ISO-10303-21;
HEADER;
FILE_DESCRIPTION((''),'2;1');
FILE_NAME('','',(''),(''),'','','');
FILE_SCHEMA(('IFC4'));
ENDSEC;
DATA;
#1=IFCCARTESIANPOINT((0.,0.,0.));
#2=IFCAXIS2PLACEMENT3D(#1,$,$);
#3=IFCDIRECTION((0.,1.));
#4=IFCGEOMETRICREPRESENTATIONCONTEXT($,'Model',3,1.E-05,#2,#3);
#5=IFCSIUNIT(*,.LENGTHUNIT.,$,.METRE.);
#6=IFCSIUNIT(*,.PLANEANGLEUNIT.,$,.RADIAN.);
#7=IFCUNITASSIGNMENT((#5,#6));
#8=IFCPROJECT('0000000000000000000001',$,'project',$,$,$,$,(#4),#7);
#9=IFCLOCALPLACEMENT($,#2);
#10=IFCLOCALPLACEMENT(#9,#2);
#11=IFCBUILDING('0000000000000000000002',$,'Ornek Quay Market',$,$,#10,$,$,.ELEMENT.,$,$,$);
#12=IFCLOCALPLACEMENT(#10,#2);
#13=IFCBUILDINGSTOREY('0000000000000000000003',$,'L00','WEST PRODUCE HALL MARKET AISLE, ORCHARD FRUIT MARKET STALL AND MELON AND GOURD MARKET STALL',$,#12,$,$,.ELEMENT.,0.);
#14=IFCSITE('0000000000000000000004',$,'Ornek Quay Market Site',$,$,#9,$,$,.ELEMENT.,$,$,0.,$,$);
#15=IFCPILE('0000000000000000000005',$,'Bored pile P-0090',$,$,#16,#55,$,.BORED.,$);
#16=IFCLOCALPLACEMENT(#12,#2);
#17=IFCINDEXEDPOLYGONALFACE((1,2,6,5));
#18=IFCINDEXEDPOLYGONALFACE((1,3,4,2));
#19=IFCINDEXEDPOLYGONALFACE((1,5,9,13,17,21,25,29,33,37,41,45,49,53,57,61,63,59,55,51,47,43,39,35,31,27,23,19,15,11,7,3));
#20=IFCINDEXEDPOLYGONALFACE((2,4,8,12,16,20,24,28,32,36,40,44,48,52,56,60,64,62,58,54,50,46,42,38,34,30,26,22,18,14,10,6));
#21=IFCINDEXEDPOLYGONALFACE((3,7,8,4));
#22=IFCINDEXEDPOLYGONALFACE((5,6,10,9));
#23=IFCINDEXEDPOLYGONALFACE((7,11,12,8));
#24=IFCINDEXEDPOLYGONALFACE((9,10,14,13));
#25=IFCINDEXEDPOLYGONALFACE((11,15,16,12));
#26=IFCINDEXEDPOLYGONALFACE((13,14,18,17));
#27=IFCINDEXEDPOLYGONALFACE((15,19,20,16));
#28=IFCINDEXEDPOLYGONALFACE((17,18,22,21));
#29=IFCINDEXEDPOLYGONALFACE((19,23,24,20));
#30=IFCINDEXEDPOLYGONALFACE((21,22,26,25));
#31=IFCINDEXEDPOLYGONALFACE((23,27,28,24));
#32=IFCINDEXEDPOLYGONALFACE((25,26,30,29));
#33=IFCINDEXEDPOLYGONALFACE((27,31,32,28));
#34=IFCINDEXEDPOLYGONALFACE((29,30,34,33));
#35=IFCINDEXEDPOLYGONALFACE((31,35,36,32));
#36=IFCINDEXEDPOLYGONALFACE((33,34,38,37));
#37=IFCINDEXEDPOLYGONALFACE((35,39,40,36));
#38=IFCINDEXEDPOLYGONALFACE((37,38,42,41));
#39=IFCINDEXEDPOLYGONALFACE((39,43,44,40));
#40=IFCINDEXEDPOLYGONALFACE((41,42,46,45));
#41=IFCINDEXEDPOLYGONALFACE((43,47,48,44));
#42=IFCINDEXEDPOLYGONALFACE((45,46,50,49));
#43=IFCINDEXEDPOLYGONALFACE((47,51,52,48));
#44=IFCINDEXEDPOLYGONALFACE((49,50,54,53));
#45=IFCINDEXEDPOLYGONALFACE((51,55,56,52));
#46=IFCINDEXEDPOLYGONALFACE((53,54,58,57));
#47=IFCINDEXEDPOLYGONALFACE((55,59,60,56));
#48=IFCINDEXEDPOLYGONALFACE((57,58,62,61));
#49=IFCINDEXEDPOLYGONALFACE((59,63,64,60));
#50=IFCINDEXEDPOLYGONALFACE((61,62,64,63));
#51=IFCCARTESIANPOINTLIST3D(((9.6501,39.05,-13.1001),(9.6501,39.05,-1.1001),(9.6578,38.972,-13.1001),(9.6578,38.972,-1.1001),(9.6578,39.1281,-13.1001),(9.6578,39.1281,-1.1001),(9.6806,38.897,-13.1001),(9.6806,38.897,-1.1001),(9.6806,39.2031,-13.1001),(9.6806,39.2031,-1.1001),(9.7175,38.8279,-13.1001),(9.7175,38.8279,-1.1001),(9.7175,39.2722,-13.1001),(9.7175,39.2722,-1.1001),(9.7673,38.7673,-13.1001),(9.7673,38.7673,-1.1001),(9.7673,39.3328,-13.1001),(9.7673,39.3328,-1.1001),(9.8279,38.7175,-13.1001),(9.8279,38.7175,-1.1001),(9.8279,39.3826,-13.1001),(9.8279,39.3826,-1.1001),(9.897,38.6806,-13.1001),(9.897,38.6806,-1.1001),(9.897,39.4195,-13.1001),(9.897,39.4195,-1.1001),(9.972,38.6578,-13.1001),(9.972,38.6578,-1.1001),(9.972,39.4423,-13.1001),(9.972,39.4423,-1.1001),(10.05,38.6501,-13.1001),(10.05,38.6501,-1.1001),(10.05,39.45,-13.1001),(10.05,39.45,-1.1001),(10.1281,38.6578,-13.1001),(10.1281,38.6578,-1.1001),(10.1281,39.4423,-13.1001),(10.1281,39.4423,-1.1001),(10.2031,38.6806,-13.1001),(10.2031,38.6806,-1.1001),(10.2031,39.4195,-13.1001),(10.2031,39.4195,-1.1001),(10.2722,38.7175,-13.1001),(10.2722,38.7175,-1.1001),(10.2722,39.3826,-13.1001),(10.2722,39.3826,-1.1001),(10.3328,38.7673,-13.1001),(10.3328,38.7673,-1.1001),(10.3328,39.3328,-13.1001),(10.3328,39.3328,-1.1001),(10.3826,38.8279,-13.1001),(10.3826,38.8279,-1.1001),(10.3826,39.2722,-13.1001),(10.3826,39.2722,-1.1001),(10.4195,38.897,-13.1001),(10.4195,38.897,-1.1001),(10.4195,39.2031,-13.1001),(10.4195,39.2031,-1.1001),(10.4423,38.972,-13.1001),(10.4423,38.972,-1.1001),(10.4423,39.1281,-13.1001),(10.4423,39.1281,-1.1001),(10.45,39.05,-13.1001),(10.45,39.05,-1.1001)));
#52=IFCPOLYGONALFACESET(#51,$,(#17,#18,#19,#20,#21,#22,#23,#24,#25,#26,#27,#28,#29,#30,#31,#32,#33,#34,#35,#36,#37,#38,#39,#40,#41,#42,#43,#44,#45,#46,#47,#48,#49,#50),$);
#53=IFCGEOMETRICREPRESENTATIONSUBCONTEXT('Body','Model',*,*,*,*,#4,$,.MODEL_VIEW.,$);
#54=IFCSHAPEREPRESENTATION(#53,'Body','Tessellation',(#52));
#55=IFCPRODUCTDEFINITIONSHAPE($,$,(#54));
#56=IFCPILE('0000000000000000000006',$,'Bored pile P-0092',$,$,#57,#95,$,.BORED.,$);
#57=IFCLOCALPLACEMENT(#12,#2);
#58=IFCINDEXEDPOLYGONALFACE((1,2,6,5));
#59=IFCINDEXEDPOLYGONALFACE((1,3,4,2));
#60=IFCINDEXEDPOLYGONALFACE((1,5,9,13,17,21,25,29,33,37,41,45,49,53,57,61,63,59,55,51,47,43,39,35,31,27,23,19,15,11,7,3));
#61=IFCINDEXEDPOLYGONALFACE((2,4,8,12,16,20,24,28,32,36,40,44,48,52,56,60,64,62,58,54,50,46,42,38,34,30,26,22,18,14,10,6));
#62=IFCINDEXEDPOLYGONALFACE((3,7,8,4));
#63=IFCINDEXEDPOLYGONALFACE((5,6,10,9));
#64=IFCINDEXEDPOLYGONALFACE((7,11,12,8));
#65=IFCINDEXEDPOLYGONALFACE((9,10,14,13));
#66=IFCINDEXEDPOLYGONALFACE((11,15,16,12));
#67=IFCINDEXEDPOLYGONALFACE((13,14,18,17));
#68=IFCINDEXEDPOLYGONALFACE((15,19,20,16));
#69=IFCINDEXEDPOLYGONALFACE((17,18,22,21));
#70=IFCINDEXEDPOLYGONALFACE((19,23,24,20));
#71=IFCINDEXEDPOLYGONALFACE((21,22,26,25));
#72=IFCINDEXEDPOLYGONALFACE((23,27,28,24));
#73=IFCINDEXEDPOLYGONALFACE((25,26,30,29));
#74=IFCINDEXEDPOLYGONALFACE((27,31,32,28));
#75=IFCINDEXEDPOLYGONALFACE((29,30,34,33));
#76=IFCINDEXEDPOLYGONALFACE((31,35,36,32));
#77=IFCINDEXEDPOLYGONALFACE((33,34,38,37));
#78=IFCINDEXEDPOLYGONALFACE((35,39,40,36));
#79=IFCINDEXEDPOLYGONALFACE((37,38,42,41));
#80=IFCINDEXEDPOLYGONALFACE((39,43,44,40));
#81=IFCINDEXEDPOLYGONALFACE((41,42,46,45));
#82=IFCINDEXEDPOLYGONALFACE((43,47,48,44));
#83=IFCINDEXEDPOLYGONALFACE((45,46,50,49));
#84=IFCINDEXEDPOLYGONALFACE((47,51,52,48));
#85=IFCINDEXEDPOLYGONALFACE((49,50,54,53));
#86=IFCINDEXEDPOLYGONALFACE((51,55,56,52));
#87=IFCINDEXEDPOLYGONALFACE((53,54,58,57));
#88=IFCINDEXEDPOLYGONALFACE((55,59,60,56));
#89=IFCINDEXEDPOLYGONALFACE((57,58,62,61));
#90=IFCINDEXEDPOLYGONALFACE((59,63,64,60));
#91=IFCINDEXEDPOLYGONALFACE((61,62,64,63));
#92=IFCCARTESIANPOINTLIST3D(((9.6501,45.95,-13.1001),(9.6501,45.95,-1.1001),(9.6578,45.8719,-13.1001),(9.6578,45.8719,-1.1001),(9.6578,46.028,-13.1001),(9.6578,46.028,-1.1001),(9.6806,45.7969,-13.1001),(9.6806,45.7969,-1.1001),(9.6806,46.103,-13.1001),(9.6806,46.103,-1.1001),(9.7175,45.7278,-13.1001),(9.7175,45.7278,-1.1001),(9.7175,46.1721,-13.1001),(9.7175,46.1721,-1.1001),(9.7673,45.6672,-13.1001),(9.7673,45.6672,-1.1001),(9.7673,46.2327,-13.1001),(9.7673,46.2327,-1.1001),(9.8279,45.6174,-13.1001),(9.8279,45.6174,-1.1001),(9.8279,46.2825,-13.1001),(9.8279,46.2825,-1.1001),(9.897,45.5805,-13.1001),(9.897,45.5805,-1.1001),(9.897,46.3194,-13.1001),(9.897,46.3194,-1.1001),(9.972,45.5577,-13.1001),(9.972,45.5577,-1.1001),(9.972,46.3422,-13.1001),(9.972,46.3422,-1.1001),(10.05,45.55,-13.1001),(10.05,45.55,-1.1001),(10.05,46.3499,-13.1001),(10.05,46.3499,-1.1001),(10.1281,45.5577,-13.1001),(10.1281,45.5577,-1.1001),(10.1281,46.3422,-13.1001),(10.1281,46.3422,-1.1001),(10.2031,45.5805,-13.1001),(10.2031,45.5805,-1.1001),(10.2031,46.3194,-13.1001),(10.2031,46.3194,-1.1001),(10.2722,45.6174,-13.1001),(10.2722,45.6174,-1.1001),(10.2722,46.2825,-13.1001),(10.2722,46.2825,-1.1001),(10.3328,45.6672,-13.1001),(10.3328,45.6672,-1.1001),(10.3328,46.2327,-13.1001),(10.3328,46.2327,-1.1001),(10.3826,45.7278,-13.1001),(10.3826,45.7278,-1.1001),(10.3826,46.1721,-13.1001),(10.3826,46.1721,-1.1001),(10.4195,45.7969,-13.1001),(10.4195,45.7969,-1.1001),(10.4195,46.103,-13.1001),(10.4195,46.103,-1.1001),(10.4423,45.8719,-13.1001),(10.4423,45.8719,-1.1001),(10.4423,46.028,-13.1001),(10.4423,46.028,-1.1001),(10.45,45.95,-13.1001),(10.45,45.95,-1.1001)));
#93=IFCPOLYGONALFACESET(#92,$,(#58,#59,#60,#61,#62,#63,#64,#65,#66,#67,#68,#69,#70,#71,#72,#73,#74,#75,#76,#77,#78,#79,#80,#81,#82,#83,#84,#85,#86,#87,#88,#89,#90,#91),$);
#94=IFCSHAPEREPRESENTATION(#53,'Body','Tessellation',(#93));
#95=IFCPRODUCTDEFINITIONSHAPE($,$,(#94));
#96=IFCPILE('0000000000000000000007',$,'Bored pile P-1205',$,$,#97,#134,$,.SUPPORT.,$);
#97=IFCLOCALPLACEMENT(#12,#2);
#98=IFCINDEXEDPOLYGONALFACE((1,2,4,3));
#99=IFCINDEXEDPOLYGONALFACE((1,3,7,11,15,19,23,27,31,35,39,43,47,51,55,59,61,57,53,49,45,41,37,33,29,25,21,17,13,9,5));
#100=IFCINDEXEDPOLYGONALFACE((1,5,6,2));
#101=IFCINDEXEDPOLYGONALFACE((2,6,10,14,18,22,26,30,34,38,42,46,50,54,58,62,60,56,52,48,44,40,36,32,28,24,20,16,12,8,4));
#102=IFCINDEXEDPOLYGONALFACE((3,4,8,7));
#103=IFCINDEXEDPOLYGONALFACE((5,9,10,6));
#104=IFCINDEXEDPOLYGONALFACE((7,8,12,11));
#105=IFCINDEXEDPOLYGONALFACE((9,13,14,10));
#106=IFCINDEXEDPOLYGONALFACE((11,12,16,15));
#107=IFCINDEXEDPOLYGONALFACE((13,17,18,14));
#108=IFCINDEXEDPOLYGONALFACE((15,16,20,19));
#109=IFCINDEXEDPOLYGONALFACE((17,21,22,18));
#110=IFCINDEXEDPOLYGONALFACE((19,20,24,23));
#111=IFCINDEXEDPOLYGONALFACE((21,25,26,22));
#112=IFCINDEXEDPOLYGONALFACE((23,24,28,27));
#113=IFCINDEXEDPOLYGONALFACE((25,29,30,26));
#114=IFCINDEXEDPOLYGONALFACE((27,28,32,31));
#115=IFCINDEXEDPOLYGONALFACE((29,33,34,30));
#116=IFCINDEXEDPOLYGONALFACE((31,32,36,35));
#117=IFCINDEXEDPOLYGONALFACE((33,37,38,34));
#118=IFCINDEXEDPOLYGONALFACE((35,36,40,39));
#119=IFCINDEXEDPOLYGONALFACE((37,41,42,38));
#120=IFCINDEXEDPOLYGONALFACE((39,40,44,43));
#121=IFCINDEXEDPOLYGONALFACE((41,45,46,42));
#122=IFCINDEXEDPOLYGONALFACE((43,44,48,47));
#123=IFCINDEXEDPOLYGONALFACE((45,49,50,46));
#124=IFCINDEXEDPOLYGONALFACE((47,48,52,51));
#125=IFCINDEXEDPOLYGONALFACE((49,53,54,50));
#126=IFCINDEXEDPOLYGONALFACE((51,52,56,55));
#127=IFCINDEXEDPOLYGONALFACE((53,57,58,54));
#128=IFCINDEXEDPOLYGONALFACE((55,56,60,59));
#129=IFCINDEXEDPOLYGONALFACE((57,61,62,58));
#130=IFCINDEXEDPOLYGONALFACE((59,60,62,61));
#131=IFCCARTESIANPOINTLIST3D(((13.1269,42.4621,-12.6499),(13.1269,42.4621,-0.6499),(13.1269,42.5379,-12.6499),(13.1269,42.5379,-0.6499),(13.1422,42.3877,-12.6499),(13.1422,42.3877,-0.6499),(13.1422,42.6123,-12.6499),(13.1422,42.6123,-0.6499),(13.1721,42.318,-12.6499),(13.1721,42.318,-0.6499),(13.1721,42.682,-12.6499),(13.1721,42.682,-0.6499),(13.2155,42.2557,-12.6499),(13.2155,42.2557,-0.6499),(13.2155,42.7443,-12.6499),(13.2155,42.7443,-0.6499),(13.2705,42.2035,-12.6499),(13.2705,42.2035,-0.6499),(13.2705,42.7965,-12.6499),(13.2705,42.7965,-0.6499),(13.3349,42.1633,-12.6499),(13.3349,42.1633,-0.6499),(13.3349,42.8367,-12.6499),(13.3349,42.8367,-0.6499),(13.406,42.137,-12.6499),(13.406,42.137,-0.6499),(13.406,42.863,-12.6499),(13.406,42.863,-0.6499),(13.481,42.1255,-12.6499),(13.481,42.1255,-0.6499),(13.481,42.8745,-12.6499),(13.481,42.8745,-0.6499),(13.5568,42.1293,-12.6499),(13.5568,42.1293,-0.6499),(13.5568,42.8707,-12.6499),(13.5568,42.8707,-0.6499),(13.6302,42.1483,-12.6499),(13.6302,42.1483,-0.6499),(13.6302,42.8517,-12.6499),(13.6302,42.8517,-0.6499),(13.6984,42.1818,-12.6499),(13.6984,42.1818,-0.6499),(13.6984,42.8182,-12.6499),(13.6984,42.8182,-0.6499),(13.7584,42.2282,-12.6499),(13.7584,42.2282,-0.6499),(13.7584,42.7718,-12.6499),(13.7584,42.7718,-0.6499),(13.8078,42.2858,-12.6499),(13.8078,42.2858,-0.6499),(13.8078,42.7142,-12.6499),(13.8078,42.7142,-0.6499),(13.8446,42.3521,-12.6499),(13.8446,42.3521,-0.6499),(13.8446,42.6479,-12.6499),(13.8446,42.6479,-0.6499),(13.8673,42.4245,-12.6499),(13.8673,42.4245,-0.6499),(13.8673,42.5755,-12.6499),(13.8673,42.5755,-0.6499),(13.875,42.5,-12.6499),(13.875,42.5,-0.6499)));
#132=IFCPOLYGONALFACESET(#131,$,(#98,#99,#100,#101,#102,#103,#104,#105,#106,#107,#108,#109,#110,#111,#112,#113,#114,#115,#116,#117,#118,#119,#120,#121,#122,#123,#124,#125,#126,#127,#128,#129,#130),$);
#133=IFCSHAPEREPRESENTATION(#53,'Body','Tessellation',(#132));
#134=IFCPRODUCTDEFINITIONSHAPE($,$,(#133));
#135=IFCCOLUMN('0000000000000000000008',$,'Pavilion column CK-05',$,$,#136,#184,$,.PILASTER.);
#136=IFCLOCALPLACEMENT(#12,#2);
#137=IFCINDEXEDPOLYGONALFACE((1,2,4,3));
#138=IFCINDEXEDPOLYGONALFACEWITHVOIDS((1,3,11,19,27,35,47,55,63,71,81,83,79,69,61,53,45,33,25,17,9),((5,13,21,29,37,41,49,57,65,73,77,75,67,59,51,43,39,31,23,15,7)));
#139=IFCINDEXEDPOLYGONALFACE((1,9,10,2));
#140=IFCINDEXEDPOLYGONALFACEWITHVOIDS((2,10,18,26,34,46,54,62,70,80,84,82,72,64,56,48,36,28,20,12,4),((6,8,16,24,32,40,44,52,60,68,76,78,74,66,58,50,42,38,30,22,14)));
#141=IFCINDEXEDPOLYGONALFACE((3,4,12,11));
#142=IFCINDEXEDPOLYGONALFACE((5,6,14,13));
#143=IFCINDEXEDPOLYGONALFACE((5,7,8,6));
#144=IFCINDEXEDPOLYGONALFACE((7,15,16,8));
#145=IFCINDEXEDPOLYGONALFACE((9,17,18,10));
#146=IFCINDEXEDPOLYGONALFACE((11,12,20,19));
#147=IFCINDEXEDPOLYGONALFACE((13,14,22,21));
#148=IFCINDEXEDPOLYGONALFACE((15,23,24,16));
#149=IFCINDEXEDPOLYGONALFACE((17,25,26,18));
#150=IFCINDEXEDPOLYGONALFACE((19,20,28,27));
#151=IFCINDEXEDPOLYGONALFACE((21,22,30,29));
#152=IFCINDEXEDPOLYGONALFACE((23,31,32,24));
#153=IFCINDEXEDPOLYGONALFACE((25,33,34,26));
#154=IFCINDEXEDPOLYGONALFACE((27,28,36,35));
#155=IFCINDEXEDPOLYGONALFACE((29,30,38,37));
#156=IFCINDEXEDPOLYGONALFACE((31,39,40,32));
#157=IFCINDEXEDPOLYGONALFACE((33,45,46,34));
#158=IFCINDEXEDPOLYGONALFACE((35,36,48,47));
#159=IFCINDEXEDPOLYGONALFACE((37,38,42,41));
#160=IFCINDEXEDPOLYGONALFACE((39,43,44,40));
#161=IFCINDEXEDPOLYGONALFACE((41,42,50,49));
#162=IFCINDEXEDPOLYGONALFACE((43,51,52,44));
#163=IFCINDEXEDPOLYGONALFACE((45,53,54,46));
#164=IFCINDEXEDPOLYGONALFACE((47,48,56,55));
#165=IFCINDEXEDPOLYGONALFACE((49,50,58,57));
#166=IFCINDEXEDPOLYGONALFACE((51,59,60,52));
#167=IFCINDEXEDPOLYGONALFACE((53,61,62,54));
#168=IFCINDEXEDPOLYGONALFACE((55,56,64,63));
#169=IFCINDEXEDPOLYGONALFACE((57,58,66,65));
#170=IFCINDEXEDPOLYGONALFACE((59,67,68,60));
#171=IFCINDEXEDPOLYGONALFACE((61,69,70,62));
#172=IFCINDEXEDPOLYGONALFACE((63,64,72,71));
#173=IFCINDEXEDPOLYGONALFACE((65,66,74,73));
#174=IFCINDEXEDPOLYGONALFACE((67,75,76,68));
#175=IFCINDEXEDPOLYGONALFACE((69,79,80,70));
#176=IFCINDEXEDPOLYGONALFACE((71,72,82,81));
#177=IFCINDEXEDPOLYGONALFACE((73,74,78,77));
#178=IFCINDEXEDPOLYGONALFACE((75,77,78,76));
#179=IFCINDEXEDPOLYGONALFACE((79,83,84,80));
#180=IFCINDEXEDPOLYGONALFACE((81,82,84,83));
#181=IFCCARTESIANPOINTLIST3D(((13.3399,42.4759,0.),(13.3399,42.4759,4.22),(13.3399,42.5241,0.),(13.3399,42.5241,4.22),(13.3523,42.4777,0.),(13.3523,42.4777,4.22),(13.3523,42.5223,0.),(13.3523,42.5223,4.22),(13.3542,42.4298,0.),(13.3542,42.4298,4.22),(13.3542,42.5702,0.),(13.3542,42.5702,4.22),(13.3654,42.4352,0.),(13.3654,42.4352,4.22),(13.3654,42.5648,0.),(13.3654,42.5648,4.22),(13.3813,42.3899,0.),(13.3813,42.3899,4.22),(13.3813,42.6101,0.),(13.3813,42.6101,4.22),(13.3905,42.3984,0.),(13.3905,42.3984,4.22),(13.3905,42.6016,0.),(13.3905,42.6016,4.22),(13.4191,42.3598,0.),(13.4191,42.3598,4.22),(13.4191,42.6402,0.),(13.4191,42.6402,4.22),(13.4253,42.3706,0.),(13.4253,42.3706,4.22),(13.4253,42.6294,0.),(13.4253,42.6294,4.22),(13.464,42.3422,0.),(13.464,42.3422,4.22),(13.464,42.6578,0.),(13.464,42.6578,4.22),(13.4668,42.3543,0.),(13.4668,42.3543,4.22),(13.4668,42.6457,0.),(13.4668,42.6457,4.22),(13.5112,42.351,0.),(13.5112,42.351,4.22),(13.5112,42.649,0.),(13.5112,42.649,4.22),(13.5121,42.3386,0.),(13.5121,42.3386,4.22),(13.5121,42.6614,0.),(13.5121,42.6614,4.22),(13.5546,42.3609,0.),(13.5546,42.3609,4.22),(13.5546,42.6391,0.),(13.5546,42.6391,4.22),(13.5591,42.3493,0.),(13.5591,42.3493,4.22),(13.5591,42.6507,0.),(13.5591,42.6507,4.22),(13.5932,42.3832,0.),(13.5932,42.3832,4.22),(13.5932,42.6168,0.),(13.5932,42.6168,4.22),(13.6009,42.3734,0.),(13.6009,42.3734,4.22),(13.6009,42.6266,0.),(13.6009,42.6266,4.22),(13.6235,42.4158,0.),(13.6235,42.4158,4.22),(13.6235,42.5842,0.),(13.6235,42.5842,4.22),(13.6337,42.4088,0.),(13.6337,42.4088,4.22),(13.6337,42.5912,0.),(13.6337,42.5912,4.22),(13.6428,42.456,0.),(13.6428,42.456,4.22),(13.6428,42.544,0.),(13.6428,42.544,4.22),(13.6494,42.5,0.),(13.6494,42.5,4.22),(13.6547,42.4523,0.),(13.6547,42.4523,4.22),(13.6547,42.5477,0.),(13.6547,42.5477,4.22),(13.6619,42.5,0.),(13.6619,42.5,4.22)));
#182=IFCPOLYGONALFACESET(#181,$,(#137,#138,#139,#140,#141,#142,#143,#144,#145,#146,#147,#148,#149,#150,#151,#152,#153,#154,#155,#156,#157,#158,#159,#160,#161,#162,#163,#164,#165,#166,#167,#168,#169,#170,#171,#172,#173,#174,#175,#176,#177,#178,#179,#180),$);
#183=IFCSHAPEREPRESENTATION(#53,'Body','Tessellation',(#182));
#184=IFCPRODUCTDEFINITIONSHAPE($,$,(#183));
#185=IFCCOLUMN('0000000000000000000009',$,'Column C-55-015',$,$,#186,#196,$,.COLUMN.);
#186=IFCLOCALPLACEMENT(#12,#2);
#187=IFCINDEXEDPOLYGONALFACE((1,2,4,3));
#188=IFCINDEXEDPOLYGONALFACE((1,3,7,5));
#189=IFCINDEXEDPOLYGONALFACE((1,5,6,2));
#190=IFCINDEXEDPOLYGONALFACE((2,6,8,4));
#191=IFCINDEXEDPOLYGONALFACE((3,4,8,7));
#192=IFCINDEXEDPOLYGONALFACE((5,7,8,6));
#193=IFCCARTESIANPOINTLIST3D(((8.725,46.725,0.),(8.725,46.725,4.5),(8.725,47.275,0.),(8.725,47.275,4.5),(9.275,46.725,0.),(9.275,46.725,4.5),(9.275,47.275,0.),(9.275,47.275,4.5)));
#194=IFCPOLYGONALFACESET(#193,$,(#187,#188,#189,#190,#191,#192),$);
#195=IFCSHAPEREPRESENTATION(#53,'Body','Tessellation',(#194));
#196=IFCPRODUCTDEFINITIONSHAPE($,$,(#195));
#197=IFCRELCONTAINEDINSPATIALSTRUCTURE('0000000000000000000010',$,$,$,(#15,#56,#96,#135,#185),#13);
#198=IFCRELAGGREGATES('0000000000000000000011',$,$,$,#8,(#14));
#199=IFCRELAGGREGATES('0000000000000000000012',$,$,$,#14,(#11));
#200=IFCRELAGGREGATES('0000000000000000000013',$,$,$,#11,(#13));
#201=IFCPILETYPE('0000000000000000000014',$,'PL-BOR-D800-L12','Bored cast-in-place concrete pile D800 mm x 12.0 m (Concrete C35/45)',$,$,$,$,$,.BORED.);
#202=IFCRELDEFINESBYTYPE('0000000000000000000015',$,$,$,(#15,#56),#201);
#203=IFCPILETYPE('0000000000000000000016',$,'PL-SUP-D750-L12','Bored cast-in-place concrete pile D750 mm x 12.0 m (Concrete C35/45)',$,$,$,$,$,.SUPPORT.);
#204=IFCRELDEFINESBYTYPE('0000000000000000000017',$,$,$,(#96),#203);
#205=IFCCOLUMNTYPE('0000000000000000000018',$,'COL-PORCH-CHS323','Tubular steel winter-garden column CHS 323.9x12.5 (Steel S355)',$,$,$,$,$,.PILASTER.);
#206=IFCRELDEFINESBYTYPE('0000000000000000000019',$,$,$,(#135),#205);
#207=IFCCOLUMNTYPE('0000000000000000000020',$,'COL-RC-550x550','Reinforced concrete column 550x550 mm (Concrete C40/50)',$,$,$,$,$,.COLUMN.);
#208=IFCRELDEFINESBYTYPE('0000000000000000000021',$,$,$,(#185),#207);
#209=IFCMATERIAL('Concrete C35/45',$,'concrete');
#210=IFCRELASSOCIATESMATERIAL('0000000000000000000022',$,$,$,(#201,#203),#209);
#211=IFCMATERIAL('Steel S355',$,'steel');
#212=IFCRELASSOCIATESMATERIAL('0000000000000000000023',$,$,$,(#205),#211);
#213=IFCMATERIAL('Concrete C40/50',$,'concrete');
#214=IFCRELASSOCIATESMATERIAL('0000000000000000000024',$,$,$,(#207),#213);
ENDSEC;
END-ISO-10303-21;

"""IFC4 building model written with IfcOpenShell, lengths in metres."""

from ifc_helpers import new_model, si_unit, direction, frame, origin, origin_2d, place, context, subcontext, project, spatial, rectangle, circle, hollow_circle, extrude, material, material_profile, profile_set, type_object, element, save


model = new_model("IFC4")

# Units and contexts
model_context = context("Model", 3, precision=1e-05, world=origin(), true_north=direction((0.0, 1.0)))
body_context = subcontext(model_context, "Body", "Model", "MODEL_VIEW")
ifc_project = project(units=[si_unit("LENGTHUNIT", "METRE"), si_unit("PLANEANGLEUNIT", "RADIAN")], contexts=[model_context])

# Site, building, storey
site_placement = place(None, origin())
site = spatial("IfcSite", under=ifc_project, at=site_placement, Name="Ornek Quay Market Site", CompositionType="ELEMENT", RefElevation=0.0)
building_placement = place(site_placement, origin())
building = spatial("IfcBuilding", under=site, at=building_placement, Name="Ornek Quay Market", CompositionType="ELEMENT")
storey_placement = place(building_placement, origin())
storey = spatial("IfcBuildingStorey", under=building, at=storey_placement, Name="L00", Description="WEST PRODUCE HALL MARKET AISLE, ORCHARD FRUIT MARKET STALL AND MELON AND GOURD MARKET STALL", CompositionType="ELEMENT", Elevation=0.0)

# Piles
ifc_material_1 = material(Name="Concrete C35/45", Category="concrete")
ifc_material_profile_1 = material_profile(ifc_material_1, circle(Radius=0.3999, at=origin_2d()), Name="PILE D800", Category="concrete")
ifc_profile_set_1 = profile_set([ifc_material_profile_1], Name="Concrete C35/45")
pile_type_1 = type_object("IfcPileType", Name="PL-BOR-D800-L12", Description="Bored cast-in-place concrete pile D800 mm x 12.0 m (Concrete C35/45)", PredefinedType="BORED", material=ifc_profile_set_1)
for number, where, z_axis, x_axis, name in (
    (1, (10.05, 39.05, -1.1001), (0.0, 0.0, -1.0), (1.0, 0.0, 0.0), "Bored pile P-0090"),
    (2, (10.05, 45.95, -1.1001), (0.0, 0.0, -1.0), (1.0, 0.0, 0.0), "Bored pile P-0092"),
):
    element("IfcPile", number, at=place(storey_placement, frame(where, z_axis=z_axis, x_axis=x_axis)), inside=storey, type_object=pile_type_1, Name=name, PredefinedType="BORED", context=body_context, shape_type="SweptSolid", body=[
        extrude(circle(Radius=0.3999, at=origin_2d()), origin(), (0.0, 0.0, 1.0), 12.0),
    ])
ifc_material_profile_2 = material_profile(ifc_material_1, circle(Radius=0.375, at=origin_2d()), Name="PILE D750", Category="concrete")
ifc_profile_set_2 = profile_set([ifc_material_profile_2], Name="Concrete C35/45")
pile_type_2 = type_object("IfcPileType", Name="PL-SUP-D750-L12", Description="Bored cast-in-place concrete pile D750 mm x 12.0 m (Concrete C35/45)", PredefinedType="SUPPORT", material=ifc_profile_set_2)
pile_placement = place(storey_placement, frame((13.5, 42.5, -0.6499), z_axis=(0.0, 0.0, -1.0), x_axis=(1.0, 0.0, 0.0)))
element("IfcPile", 3, at=pile_placement, inside=storey, type_object=pile_type_2, Name="Bored pile P-1205", PredefinedType="SUPPORT", context=body_context, shape_type="SweptSolid", body=[
    extrude(circle(Radius=0.375, at=origin_2d()), origin(), (0.0, 0.0, 1.0), 12.0),
])

# Columns
ifc_material_2 = material(Name="Steel S355", Category="steel")
ifc_material_profile_3 = material_profile(ifc_material_2, hollow_circle(Radius=0.1619, WallThickness=0.0125, at=origin_2d()), Name="CHS 323.9x12.5", Category="steel")
ifc_profile_set_3 = profile_set([ifc_material_profile_3], Name="Steel S355")
column_type_1 = type_object("IfcColumnType", Name="COL-PORCH-CHS323", Description="Tubular steel winter-garden column CHS 323.9x12.5 (Steel S355)", PredefinedType="PILASTER", material=ifc_profile_set_3)
column_1_placement = place(storey_placement, frame((13.5, 42.5, 0.0), z_axis=(0.0, 0.0, 1.0), x_axis=(1.0, 0.0, 0.0)))
element("IfcColumn", 4, at=column_1_placement, inside=storey, type_object=column_type_1, Name="Pavilion column CK-05", PredefinedType="PILASTER", context=body_context, shape_type="SweptSolid", body=[
    extrude(hollow_circle(Radius=0.1619, WallThickness=0.0125, at=origin_2d()), origin(), (0.0, 0.0, 1.0), 4.22),
])
ifc_material_3 = material(Name="Concrete C40/50", Category="concrete")
ifc_material_profile_4 = material_profile(ifc_material_3, rectangle(XDim=0.55, YDim=0.55, at=origin_2d()), Name="RC 550x550", Category="concrete")
ifc_profile_set_4 = profile_set([ifc_material_profile_4], Name="Concrete C40/50")
column_type_2 = type_object("IfcColumnType", Name="COL-RC-550x550", Description="Reinforced concrete column 550x550 mm (Concrete C40/50)", PredefinedType="COLUMN", material=ifc_profile_set_4)
column_2_placement = place(storey_placement, frame((9.0, 47.0, 0.0), z_axis=(0.0, 0.0, 1.0), x_axis=(1.0, 0.0, 0.0)))
element("IfcColumn", 5, at=column_2_placement, inside=storey, type_object=column_type_2, Name="Column C-55-015", PredefinedType="COLUMN", context=body_context, shape_type="SweptSolid", body=[
    extrude(rectangle(XDim=0.55, YDim=0.55, at=origin_2d()), origin(), (0.0, 0.0, 1.0), 4.5),
])

save(model, "model.ifc")
